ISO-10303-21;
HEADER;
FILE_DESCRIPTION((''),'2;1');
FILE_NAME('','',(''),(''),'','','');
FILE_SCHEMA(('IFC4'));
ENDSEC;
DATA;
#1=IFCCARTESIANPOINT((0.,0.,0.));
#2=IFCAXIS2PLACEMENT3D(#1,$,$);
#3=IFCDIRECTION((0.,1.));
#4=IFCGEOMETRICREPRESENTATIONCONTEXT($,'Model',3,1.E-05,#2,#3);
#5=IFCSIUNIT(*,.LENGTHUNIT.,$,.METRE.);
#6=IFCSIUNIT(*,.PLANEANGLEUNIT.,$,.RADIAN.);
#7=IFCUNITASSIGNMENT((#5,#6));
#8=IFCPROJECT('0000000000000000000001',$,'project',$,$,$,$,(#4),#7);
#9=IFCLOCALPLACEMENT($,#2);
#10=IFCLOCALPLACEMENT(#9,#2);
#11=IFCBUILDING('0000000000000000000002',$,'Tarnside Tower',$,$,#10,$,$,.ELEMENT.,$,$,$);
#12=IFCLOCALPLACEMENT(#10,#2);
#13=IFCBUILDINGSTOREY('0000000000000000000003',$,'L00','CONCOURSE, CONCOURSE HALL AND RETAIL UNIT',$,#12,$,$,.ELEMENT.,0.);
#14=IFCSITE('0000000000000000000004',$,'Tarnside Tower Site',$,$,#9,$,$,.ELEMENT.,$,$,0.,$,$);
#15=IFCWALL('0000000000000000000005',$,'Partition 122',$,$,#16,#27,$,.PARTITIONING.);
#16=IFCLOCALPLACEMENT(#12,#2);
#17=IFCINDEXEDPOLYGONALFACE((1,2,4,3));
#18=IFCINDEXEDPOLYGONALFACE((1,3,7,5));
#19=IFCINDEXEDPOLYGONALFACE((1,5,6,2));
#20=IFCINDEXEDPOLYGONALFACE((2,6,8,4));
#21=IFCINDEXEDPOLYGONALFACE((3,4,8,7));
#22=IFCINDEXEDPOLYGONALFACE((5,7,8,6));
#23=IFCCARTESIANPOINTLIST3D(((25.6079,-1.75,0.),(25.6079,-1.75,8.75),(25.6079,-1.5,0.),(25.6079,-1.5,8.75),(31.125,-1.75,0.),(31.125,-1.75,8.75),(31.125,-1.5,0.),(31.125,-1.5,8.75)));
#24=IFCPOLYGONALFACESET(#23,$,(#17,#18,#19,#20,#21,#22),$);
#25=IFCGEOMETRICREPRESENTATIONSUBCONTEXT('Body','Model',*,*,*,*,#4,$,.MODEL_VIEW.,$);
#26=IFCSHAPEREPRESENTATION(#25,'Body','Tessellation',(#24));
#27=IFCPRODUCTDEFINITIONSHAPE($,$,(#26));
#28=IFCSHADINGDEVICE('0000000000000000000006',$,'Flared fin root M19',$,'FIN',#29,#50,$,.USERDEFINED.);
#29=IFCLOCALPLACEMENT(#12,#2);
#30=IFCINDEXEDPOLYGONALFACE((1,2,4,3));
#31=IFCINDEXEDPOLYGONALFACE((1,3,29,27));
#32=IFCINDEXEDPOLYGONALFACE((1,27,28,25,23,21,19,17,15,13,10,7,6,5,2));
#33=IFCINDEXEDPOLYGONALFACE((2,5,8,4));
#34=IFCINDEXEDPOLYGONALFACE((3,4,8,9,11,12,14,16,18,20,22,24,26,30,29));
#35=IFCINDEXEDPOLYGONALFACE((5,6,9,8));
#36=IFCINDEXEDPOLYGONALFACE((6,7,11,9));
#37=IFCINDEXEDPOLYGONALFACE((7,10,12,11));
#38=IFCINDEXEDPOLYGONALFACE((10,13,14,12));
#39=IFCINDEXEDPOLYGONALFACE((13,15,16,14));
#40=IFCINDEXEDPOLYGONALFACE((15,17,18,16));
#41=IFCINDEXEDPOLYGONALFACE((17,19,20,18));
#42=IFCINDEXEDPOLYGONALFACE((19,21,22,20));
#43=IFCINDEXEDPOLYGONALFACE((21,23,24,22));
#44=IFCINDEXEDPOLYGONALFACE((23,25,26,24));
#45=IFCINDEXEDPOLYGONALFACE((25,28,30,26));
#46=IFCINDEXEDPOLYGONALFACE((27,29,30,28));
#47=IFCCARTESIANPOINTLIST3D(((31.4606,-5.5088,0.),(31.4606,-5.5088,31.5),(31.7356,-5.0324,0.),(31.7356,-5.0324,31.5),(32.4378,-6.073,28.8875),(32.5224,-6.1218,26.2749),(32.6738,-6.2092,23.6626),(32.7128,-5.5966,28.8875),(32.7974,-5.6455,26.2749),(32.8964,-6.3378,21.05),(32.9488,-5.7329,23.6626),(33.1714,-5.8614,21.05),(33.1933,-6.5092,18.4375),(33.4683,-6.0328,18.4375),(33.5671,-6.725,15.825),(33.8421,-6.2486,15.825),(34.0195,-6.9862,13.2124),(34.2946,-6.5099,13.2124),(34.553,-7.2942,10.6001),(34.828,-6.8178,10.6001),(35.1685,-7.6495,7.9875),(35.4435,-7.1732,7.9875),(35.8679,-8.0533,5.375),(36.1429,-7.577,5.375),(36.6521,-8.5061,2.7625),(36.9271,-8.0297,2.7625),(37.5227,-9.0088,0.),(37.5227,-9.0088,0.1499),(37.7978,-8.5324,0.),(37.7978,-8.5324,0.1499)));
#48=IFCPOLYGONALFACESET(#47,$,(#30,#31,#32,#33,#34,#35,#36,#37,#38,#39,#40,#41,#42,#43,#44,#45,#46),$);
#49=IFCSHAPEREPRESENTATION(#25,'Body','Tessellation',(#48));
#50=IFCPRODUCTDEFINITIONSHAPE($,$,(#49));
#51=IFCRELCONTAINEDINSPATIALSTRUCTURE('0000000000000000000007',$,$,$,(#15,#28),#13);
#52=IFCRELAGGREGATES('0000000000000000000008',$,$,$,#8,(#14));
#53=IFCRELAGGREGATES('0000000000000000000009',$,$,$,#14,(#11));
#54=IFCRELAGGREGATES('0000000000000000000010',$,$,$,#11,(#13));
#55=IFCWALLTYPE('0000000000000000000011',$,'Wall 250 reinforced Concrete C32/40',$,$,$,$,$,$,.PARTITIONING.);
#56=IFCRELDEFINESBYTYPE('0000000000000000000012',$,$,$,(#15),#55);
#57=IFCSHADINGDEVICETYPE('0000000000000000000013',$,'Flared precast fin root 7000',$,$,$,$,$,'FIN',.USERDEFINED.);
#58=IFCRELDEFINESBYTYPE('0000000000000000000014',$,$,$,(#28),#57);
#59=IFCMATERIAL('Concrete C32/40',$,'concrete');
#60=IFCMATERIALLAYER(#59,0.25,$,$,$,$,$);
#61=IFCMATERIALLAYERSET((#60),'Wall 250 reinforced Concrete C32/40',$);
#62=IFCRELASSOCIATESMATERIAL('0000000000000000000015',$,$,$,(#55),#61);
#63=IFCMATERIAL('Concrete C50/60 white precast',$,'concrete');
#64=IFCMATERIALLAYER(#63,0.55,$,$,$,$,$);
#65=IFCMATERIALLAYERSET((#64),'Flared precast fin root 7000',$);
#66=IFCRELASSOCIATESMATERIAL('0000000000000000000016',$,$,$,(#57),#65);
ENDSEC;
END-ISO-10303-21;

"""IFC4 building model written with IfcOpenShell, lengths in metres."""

from ifc_helpers import new_model, si_unit, direction, frame, frame_2d, origin, place, context, subcontext, project, spatial, polyline, rectangle, outline, extrude, material, layer, layer_set, type_object, element, save


model = new_model("IFC4")

# Units and contexts
model_context = context("Model", 3, precision=1e-05, world=origin(), true_north=direction((0.0, 1.0)))
body_context = subcontext(model_context, "Body", "Model", "MODEL_VIEW")
ifc_project = project(units=[si_unit("LENGTHUNIT", "METRE"), si_unit("PLANEANGLEUNIT", "RADIAN")], contexts=[model_context])

# Site, building, storey
site_placement = place(None, origin())
site = spatial("IfcSite", under=ifc_project, at=site_placement, Name="Tarnside Tower Site", CompositionType="ELEMENT", RefElevation=0.0)
building_placement = place(site_placement, origin())
building = spatial("IfcBuilding", under=site, at=building_placement, Name="Tarnside Tower", CompositionType="ELEMENT")
storey_placement = place(building_placement, origin())
storey = spatial("IfcBuildingStorey", under=building, at=storey_placement, Name="L00", Description="CONCOURSE, CONCOURSE HALL AND RETAIL UNIT", CompositionType="ELEMENT", Elevation=0.0)

# Shared definitions
ifc_material_1 = material(Name="Concrete C50/60 white precast", Category="concrete")

# Wall
ifc_material_2 = material(Name="Concrete C32/40", Category="concrete")
ifc_layer_1 = layer(ifc_material_2, 0.25)
ifc_layer_set_1 = layer_set([ifc_layer_1], Name="Wall 250 reinforced Concrete C32/40")
wall_type_1 = type_object("IfcWallType", Name="Wall 250 reinforced Concrete C32/40", PredefinedType="PARTITIONING", material=ifc_layer_set_1)
wall_1_placement = place(storey_placement, frame((31.125, -1.625, 0.0), z_axis=(0.0, 0.0, 1.0), x_axis=(-1.0, 0.0, 0.0)))
element("IfcWall", 1, at=wall_1_placement, inside=storey, type_object=wall_type_1, Name="Partition 122", PredefinedType="PARTITIONING", context=body_context, shape_type="SweptSolid", body=[
    extrude(rectangle(XDim=5.5171, YDim=0.25, at=frame_2d((2.7585, 0.0))), origin(), (0.0, 0.0, 1.0), 8.75),
])

# Shading device
ifc_layer_2 = layer(ifc_material_1, 0.55)
ifc_layer_set_2 = layer_set([ifc_layer_2], Name="Flared precast fin root 7000")
shading_device_type = type_object("IfcShadingDeviceType", Name="Flared precast fin root 7000", ElementType="FIN", PredefinedType="USERDEFINED", material=ifc_layer_set_2)
shading_device_placement = place(storey_placement, frame((31.5981, -5.2705, 0.0), z_axis=(-0.5, -0.866025, 0.0), x_axis=(0.866025, -0.5, 0.0)))
element("IfcShadingDevice", 2, at=shading_device_placement, inside=storey, type_object=shading_device_type, Name="Flared fin root M19", ObjectType="FIN", PredefinedType="USERDEFINED", context=body_context, shape_type="SweptSolid", body=[
    extrude(outline(polyline([(0.0, 0.0), (7.0, 0.0), (7.0, 0.1499), (5.9946, 2.7625), (5.0891, 5.375), (4.2815, 7.9875), (3.5708, 10.6001), (2.9548, 13.2124), (2.4324, 15.825), (2.0007, 18.4375), (1.658, 21.05), (1.4009, 23.6626), (1.2261, 26.2749), (1.1284, 28.8875), (0.0, 31.5), (0.0, 0.0)])), frame((0.0, 0.0, -0.2749)), (0.0, 0.0, 1.0), 0.55),
])

save(model, "model.ifc")
